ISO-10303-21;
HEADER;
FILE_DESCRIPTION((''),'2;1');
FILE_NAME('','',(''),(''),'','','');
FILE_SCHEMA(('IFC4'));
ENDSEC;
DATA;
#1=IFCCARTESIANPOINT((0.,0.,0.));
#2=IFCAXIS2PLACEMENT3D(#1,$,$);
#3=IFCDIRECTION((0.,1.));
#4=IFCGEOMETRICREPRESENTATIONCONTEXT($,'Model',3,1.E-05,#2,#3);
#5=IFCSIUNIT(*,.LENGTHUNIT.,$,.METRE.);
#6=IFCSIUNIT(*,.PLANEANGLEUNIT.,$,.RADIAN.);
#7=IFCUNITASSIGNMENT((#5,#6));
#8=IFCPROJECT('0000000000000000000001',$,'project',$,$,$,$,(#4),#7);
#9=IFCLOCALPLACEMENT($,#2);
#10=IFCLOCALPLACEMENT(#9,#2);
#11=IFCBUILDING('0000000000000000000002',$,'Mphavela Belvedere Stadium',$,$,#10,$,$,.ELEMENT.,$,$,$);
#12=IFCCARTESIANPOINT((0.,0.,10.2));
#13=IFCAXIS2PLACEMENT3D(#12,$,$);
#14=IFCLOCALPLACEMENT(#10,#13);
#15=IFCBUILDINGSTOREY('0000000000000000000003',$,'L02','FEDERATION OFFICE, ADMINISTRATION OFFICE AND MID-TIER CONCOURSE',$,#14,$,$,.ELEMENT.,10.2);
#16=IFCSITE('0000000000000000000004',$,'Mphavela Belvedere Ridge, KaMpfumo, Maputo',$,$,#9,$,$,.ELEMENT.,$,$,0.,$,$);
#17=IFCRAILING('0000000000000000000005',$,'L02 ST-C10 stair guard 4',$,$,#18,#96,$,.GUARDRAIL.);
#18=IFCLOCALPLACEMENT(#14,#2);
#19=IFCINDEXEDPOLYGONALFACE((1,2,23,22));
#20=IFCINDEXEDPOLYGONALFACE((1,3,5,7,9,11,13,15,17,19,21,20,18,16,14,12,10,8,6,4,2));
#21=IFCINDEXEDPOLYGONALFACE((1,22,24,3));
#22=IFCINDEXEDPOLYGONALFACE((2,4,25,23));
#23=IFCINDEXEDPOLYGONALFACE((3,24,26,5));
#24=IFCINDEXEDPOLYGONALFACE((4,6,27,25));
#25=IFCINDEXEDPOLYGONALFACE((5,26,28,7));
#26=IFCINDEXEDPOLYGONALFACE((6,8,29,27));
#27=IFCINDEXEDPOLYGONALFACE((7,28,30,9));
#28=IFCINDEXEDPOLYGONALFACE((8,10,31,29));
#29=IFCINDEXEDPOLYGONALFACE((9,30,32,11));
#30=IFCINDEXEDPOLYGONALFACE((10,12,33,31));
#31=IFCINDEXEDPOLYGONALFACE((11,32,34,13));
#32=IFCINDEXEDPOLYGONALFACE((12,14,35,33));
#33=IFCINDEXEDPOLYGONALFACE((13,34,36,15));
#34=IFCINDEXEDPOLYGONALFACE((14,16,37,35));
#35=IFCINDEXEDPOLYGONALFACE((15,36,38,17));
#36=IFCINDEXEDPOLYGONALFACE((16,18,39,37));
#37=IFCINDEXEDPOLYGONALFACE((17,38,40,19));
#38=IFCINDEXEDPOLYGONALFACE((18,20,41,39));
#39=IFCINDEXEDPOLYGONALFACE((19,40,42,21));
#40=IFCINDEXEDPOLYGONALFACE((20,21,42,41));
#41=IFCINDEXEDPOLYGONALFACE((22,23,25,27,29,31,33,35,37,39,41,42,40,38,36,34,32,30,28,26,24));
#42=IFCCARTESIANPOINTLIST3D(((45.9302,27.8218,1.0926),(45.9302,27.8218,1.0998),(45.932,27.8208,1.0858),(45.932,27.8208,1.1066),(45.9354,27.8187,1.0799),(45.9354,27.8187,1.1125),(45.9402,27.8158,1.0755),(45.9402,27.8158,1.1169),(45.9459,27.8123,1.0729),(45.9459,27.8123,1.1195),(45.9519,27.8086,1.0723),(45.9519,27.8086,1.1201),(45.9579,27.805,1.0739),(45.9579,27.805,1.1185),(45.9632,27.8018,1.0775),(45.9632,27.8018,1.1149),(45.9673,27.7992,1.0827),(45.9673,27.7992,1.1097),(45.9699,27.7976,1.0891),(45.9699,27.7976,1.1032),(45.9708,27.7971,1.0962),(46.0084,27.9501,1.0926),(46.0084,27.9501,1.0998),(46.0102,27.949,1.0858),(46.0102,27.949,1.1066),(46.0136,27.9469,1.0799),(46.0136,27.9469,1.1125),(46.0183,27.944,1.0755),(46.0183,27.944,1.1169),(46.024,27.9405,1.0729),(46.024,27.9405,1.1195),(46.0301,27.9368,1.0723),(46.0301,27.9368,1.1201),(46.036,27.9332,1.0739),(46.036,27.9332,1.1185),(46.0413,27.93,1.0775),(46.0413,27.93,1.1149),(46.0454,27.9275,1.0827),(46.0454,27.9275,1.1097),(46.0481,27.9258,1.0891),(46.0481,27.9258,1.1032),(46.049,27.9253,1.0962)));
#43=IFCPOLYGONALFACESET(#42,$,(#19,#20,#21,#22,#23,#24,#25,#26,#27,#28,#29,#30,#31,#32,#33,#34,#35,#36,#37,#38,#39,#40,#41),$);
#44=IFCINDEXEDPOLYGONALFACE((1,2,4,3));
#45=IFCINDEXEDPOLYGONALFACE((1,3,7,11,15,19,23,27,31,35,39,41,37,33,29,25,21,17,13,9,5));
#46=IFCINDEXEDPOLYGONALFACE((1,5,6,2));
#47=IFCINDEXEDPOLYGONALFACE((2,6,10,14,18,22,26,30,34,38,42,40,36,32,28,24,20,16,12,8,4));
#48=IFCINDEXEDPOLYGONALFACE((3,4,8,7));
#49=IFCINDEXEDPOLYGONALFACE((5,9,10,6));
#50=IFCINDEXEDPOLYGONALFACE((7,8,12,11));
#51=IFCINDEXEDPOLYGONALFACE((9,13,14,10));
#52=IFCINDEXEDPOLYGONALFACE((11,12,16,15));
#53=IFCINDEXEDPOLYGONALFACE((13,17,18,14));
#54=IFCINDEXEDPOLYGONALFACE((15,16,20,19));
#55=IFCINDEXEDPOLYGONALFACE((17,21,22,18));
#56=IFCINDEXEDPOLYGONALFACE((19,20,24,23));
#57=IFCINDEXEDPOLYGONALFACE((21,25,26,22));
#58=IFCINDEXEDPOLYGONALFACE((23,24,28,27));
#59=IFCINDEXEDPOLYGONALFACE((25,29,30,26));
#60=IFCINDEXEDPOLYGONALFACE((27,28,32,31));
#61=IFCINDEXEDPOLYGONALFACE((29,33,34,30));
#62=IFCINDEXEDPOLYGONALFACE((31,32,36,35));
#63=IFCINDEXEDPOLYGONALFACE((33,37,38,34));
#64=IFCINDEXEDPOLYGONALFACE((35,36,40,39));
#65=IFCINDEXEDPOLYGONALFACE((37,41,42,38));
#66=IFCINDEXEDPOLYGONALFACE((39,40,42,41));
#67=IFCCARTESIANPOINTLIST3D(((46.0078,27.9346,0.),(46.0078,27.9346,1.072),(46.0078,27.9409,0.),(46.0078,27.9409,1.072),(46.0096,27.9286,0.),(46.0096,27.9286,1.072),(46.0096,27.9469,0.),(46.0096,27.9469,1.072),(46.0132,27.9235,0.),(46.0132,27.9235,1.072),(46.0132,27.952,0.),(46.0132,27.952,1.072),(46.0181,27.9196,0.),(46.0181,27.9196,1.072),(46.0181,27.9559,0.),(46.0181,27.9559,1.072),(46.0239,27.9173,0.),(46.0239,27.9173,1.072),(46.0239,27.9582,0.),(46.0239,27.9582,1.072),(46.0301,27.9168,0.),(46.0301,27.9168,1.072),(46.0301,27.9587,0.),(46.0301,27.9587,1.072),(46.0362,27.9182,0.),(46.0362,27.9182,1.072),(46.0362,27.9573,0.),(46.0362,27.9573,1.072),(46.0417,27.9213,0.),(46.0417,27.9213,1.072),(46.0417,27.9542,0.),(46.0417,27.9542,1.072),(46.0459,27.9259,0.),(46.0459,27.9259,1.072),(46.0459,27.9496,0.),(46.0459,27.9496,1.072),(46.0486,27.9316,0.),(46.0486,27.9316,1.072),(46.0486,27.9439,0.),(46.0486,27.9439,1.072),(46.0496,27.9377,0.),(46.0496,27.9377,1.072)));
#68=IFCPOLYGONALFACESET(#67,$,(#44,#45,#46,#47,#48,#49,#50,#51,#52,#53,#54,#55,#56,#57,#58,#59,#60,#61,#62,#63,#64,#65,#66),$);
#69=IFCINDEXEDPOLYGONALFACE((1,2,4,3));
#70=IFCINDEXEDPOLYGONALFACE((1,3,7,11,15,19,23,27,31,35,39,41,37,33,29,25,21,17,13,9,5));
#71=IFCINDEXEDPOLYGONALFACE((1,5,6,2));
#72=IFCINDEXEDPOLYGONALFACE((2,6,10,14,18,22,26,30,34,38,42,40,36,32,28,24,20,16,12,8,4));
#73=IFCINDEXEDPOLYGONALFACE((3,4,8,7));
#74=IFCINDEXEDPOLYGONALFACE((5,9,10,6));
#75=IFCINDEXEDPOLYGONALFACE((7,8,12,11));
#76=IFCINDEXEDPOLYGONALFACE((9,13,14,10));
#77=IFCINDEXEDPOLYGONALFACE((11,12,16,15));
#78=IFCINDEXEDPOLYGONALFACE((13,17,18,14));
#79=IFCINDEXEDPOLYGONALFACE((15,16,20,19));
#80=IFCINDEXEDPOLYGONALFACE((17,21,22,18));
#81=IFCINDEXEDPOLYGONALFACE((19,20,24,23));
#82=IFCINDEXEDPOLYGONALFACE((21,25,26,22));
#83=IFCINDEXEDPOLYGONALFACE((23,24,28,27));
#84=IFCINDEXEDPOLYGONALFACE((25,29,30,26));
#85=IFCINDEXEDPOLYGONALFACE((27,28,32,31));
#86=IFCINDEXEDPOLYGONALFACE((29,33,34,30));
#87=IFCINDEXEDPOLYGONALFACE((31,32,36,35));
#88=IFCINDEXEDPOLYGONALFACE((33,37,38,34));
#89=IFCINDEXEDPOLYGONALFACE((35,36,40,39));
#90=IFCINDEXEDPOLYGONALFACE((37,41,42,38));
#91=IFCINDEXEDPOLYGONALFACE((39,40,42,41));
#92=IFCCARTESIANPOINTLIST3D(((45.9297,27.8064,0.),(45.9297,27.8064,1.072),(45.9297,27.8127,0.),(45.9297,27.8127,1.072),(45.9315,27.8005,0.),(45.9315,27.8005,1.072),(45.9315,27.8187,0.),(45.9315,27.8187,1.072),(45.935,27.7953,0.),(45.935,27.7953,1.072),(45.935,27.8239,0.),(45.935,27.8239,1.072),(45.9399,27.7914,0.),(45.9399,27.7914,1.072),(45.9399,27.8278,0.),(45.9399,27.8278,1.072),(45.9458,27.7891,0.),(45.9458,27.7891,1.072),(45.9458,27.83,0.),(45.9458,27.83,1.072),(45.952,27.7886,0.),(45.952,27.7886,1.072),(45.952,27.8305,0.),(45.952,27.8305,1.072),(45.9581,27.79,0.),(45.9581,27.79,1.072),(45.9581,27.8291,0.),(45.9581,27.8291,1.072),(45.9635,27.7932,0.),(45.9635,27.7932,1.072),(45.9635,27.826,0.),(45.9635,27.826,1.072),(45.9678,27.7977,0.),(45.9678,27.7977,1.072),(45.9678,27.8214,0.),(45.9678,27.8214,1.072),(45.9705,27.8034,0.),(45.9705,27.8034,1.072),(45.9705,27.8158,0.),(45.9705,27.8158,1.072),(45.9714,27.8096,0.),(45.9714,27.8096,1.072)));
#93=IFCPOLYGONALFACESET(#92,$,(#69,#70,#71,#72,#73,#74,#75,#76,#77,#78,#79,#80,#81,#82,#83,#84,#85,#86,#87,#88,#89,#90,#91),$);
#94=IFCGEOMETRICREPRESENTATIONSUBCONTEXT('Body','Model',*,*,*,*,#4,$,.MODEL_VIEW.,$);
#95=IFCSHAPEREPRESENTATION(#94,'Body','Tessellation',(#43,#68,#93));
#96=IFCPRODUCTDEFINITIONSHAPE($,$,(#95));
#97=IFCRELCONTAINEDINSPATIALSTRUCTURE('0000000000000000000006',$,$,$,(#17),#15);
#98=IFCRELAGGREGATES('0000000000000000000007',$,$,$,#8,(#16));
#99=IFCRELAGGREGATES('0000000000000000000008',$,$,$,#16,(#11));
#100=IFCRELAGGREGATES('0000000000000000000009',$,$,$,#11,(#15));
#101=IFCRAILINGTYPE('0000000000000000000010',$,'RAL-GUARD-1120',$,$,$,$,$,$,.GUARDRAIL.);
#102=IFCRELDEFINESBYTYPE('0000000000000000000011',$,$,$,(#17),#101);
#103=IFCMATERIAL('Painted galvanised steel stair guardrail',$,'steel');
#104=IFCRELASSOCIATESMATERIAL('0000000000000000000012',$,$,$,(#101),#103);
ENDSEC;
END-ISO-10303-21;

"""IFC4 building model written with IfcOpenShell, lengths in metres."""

from ifc_helpers import new_model, si_unit, direction, frame, origin, origin_2d, place, context, subcontext, project, spatial, circle, extrude, material, type_object, element, save


model = new_model("IFC4")

# Units and contexts
model_context = context("Model", 3, precision=1e-05, world=origin(), true_north=direction((0.0, 1.0)))
body_context = subcontext(model_context, "Body", "Model", "MODEL_VIEW")
ifc_project = project(units=[si_unit("LENGTHUNIT", "METRE"), si_unit("PLANEANGLEUNIT", "RADIAN")], contexts=[model_context])

# Site, building, storey
site_placement = place(None, origin())
site = spatial("IfcSite", under=ifc_project, at=site_placement, Name="Mphavela Belvedere Ridge, KaMpfumo, Maputo", CompositionType="ELEMENT", RefElevation=0.0)
building_placement = place(site_placement, origin())
building = spatial("IfcBuilding", under=site, at=building_placement, Name="Mphavela Belvedere Stadium", CompositionType="ELEMENT")
storey_placement = place(building_placement, frame((0.0, 0.0, 10.2)))
storey = spatial("IfcBuildingStorey", under=building, at=storey_placement, Name="L02", Description="FEDERATION OFFICE, ADMINISTRATION OFFICE AND MID-TIER CONCOURSE", CompositionType="ELEMENT", Elevation=10.2)

# Railing
ifc_material_1 = material(Name="Painted galvanised steel stair guardrail", Category="steel")
railing_type_1 = type_object("IfcRailingType", Name="RAL-GUARD-1120", PredefinedType="GUARDRAIL", material=ifc_material_1)
railing_1_placement = place(storey_placement, frame((46.0286, 27.9377, 0.0)))
element("IfcRailing", 1, at=railing_1_placement, inside=storey, type_object=railing_type_1, Name="L02 ST-C10 stair guard 4", PredefinedType="GUARDRAIL", context=body_context, shape_type="SweptSolid", body=[
    extrude(circle(Radius=0.0239, at=origin_2d()), frame((0.0, 0.0, 1.0962), z_axis=(-0.520463, -0.853884, 0.0), x_axis=(0.853884, -0.520463, 0.0)), (0.0, 0.0, 1.0), 0.1501),
    extrude(circle(Radius=0.021, at=origin_2d()), origin(), (0.0, 0.0, 1.0), 1.072),
    extrude(circle(Radius=0.021, at=origin_2d()), frame((-0.0781, -0.1282, 0.0)), (0.0, 0.0, 1.0), 1.072),
])

save(model, "model.ifc")
